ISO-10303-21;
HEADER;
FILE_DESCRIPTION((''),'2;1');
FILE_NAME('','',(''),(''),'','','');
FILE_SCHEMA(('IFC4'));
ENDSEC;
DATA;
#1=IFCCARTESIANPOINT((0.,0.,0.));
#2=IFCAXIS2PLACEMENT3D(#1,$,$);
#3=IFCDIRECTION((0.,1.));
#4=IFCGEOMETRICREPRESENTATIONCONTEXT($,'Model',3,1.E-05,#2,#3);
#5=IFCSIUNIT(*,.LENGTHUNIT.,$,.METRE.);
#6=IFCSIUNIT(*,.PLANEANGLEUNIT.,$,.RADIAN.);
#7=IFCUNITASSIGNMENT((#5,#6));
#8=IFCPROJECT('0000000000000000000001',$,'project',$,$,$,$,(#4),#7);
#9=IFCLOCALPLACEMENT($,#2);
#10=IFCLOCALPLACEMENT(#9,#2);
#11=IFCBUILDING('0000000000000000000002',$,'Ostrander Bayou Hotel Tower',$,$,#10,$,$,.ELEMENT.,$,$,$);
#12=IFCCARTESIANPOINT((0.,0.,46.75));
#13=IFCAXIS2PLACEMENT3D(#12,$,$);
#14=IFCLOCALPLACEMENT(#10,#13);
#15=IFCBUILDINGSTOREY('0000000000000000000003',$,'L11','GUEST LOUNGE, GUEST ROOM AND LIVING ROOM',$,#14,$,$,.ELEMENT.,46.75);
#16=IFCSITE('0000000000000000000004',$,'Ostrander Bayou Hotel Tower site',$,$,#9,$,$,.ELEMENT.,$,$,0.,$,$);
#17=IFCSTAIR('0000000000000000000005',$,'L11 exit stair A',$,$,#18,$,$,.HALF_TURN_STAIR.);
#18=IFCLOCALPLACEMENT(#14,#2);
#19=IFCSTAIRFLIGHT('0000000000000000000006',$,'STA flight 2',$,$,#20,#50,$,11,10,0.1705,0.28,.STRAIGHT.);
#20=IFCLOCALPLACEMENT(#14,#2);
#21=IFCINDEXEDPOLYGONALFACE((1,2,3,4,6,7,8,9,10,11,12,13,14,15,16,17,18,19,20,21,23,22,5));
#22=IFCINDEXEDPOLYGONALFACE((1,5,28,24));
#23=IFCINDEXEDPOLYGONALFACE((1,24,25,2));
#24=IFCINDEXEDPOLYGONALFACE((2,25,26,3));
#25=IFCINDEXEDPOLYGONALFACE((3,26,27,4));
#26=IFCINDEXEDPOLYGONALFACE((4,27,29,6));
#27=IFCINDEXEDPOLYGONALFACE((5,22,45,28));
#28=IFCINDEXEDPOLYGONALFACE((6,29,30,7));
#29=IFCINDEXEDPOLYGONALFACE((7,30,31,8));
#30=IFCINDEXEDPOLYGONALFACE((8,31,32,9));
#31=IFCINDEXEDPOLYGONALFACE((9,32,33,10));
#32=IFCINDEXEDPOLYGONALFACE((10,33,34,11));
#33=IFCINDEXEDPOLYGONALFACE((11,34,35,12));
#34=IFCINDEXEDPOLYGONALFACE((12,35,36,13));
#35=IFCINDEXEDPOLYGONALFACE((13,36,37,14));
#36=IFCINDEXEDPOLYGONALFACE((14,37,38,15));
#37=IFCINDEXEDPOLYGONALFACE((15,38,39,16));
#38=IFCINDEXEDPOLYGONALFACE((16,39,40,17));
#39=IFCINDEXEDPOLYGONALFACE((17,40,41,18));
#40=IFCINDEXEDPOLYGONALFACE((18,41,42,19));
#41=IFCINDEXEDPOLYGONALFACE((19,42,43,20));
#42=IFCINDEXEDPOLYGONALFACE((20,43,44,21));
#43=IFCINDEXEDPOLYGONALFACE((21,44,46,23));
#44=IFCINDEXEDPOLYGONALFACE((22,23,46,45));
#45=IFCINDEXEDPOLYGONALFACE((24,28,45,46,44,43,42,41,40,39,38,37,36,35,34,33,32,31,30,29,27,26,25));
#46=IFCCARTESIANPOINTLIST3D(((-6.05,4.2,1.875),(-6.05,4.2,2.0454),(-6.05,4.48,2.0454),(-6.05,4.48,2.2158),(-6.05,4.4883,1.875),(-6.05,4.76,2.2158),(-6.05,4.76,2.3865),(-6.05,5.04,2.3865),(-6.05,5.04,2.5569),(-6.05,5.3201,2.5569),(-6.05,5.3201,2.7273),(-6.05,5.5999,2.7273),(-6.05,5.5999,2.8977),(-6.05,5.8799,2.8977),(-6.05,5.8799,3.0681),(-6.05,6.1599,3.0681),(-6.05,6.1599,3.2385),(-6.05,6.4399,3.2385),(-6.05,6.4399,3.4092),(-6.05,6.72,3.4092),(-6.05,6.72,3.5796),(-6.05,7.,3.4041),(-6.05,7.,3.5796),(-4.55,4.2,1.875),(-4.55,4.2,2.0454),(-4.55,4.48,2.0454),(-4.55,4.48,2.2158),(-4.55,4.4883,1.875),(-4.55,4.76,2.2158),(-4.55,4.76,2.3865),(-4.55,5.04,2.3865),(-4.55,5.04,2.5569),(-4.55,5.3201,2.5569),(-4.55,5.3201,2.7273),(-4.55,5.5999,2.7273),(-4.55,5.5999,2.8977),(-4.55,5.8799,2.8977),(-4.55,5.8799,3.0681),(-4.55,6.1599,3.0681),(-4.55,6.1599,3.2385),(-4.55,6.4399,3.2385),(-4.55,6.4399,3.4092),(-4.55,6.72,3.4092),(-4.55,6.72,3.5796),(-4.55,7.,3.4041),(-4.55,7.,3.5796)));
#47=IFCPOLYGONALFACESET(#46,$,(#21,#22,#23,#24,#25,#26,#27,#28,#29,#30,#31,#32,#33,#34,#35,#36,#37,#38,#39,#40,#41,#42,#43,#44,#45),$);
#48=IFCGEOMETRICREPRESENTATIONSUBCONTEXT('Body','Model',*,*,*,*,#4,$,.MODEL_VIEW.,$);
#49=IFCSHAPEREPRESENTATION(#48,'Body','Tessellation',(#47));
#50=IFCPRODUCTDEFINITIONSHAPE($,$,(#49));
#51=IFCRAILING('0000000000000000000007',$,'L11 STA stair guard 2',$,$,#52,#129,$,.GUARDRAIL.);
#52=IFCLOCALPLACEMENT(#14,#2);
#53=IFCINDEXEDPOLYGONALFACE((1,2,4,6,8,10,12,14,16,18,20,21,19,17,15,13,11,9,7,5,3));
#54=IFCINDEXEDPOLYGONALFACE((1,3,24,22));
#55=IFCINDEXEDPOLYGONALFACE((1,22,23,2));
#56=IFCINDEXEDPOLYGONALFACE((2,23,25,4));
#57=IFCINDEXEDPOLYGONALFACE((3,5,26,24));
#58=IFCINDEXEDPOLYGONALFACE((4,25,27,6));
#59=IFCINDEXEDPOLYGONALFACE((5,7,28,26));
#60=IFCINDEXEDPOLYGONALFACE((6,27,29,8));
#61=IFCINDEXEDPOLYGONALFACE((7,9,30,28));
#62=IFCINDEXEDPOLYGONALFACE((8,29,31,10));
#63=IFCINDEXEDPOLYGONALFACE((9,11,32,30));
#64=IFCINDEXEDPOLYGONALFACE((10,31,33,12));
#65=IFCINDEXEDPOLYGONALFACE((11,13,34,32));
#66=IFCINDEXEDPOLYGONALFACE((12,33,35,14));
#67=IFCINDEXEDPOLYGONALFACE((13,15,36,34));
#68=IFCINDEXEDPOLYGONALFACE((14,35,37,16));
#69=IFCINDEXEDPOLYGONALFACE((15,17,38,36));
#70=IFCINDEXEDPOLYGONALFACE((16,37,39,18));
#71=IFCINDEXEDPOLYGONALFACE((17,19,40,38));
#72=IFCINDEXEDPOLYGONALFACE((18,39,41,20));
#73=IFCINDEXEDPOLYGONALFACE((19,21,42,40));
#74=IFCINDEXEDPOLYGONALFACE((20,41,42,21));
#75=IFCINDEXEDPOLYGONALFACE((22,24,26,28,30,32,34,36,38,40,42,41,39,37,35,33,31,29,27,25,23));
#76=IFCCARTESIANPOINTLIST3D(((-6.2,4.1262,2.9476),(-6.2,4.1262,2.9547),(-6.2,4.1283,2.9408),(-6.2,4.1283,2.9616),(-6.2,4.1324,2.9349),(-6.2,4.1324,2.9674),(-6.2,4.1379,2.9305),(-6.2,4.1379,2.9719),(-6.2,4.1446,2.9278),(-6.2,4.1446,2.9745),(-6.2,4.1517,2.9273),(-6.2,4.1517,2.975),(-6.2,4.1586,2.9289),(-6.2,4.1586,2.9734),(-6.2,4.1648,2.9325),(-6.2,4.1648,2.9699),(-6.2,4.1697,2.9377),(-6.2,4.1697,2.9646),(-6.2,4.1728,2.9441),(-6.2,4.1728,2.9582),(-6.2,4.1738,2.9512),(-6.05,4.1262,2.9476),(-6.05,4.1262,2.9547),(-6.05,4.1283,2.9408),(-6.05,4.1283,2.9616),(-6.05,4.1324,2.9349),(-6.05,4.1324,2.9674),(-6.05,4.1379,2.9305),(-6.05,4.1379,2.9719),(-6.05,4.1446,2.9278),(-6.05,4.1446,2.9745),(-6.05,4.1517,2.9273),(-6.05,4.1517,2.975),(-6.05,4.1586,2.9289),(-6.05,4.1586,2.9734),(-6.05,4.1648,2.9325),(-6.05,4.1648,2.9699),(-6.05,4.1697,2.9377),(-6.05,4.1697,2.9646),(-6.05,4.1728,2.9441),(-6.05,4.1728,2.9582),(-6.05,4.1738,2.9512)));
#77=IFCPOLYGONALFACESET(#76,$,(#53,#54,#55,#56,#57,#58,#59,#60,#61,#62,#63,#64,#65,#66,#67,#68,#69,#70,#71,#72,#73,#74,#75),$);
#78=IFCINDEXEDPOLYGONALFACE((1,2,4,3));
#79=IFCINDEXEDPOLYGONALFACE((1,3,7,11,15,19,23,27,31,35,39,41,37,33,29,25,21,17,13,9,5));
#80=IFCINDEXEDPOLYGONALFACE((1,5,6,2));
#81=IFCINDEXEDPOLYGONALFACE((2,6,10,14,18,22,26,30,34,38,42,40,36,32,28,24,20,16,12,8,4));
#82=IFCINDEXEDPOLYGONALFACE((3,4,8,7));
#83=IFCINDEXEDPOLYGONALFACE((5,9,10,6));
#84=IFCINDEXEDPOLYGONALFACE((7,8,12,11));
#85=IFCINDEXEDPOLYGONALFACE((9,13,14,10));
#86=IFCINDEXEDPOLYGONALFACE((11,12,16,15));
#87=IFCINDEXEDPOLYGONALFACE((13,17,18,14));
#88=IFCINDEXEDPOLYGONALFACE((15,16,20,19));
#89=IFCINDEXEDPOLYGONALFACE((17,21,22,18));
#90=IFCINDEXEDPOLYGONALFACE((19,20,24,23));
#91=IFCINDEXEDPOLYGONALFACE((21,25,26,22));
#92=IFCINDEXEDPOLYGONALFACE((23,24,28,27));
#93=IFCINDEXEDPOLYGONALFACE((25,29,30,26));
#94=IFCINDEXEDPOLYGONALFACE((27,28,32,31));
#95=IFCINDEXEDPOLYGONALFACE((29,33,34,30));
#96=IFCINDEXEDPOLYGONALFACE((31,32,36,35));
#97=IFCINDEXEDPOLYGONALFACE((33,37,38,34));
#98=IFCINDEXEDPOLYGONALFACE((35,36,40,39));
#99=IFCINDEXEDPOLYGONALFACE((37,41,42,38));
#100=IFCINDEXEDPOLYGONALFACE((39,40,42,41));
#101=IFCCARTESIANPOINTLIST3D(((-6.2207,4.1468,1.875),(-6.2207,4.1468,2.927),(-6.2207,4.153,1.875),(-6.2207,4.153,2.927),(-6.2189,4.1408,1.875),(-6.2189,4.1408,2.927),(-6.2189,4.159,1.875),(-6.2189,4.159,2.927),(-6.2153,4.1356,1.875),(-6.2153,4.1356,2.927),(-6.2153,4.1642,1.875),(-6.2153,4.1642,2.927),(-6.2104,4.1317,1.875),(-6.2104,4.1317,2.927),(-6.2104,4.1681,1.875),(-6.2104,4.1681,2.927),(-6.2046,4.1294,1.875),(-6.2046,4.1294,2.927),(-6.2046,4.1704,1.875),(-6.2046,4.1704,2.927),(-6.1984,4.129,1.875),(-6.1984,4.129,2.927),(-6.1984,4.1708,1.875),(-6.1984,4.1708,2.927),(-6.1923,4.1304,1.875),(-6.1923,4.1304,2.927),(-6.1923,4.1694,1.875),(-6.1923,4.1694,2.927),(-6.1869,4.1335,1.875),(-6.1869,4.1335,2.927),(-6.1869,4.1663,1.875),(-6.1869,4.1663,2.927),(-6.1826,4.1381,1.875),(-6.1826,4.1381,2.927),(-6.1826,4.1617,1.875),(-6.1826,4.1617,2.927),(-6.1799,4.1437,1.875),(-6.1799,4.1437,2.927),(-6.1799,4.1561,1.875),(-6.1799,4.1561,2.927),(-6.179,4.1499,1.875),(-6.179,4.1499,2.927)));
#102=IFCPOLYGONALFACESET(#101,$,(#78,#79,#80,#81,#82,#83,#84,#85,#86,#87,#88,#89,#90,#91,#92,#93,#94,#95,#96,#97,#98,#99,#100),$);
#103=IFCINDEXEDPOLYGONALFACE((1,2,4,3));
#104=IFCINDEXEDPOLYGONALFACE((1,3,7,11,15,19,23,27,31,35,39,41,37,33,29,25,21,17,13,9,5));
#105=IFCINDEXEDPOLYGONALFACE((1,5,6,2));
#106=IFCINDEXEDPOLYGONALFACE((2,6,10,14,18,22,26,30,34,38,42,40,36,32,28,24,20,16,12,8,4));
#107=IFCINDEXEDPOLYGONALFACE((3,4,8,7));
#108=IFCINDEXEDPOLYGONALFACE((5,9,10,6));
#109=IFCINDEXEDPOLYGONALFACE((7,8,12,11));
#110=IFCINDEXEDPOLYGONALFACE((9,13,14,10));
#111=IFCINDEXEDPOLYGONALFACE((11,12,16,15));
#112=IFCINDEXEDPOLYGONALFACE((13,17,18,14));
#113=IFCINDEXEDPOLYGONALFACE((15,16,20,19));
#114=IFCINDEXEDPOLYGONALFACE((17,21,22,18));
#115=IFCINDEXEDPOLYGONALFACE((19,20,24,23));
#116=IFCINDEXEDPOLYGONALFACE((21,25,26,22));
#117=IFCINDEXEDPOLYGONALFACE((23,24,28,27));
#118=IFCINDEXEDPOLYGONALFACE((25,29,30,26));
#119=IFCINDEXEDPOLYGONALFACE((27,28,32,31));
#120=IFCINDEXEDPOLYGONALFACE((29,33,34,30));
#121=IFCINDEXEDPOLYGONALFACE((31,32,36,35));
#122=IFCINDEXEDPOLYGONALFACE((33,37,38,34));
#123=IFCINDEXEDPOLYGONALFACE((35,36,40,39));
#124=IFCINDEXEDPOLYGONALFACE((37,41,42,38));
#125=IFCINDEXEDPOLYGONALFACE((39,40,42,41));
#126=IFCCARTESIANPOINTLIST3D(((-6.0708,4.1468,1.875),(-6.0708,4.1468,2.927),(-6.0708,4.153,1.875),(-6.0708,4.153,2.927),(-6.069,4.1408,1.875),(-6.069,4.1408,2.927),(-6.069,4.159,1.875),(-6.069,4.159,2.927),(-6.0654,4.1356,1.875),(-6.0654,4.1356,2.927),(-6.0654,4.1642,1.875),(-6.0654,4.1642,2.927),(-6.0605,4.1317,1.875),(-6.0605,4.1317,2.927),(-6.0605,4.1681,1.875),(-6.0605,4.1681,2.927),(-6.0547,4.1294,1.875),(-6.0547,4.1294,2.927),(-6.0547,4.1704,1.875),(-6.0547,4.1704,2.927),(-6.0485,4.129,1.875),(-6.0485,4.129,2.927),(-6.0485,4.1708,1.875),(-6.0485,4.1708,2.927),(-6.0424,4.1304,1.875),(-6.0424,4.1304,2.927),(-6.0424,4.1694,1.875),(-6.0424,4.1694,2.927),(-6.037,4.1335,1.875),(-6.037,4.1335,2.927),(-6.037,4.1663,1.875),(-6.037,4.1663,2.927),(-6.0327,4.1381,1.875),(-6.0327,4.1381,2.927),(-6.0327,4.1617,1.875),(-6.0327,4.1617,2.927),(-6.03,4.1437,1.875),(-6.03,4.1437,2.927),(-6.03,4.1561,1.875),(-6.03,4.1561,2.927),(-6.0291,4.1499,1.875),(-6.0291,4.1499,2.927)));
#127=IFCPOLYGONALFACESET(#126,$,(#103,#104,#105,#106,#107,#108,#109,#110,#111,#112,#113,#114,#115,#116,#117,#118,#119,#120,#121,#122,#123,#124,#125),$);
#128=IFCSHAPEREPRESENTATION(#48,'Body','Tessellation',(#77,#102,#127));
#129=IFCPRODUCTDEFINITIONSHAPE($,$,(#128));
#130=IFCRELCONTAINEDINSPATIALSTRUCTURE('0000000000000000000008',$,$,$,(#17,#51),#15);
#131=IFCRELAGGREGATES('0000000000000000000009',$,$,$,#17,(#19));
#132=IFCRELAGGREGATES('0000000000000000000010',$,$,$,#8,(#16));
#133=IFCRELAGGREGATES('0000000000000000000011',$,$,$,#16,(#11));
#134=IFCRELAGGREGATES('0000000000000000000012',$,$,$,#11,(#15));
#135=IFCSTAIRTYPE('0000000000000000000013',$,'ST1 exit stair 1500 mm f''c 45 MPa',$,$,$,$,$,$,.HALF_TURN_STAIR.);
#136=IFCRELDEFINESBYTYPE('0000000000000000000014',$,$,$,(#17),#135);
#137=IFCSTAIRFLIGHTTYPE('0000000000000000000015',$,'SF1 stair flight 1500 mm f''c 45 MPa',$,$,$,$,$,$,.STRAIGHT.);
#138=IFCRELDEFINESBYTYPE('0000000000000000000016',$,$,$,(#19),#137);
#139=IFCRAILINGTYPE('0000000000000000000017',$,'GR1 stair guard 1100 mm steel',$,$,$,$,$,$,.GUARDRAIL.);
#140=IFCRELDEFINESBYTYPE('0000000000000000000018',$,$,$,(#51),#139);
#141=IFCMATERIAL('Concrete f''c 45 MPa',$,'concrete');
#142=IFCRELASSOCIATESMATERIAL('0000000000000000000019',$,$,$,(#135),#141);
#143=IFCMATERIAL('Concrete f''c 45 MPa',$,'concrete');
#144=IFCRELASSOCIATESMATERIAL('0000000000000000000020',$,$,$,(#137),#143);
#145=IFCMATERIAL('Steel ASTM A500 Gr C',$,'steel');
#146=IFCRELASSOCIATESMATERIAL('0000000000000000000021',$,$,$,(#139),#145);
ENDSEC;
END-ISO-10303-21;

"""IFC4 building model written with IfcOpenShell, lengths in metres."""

from ifc_helpers import new_model, si_unit, direction, frame, origin, origin_2d, place, context, subcontext, project, spatial, polyline, circle, outline, extrude, material, type_object, element, aggregate, save


model = new_model("IFC4")

# Units and contexts
model_context = context("Model", 3, precision=1e-05, world=origin(), true_north=direction((0.0, 1.0)))
body_context = subcontext(model_context, "Body", "Model", "MODEL_VIEW")
ifc_project = project(units=[si_unit("LENGTHUNIT", "METRE"), si_unit("PLANEANGLEUNIT", "RADIAN")], contexts=[model_context])

# Site, building, storey
site_placement = place(None, origin())
site = spatial("IfcSite", under=ifc_project, at=site_placement, Name="Ostrander Bayou Hotel Tower site", CompositionType="ELEMENT", RefElevation=0.0)
building_placement = place(site_placement, origin())
building = spatial("IfcBuilding", under=site, at=building_placement, Name="Ostrander Bayou Hotel Tower", CompositionType="ELEMENT")
storey_placement = place(building_placement, frame((0.0, 0.0, 46.75)))
storey = spatial("IfcBuildingStorey", under=building, at=storey_placement, Name="L11", Description="GUEST LOUNGE, GUEST ROOM AND LIVING ROOM", CompositionType="ELEMENT", Elevation=46.75)

# Stair, stair flight
ifc_material_1 = material(Name="Concrete f'c 45 MPa", Category="concrete")
stair_type = type_object("IfcStairType", Name="ST1 exit stair 1500 mm f'c 45 MPa", PredefinedType="HALF_TURN_STAIR", material=ifc_material_1)
stair_placement = place(storey_placement, origin())
stair = element("IfcStair", 1, at=stair_placement, inside=storey, type_object=stair_type, Name="L11 exit stair A", PredefinedType="HALF_TURN_STAIR")
ifc_material_2 = material(Name="Concrete f'c 45 MPa", Category="concrete")
stair_flight_type = type_object("IfcStairFlightType", Name="SF1 stair flight 1500 mm f'c 45 MPa", PredefinedType="STRAIGHT", material=ifc_material_2)
stair_flight_placement = place(storey_placement, frame((-5.3, 4.2, 1.875), z_axis=(0.0, 0.0, 1.0), x_axis=(0.0, 1.0, 0.0)))
stair_flight = element("IfcStairFlight", 2, at=stair_flight_placement, type_object=stair_flight_type, Name="STA flight 2", NumberOfRisers=11, NumberOfTreads=10, PredefinedType="STRAIGHT", RiserHeight=0.1705, TreadLength=0.28, context=body_context, shape_type="SweptSolid", body=[
    extrude(outline(polyline([(0.0, 0.0), (0.0, 0.1704), (0.28, 0.1704), (0.28, 0.3408), (0.5601, 0.3408), (0.5601, 0.5115), (0.8401, 0.5115), (0.8401, 0.6819), (1.1201, 0.6819), (1.1201, 0.8523), (1.3999, 0.8523), (1.3999, 1.0227), (1.6799, 1.0227), (1.6799, 1.1931), (1.96, 1.1931), (1.96, 1.3635), (2.24, 1.3635), (2.24, 1.5342), (2.52, 1.5342), (2.52, 1.7046), (2.8, 1.7046), (2.8, 1.875), (2.8, 1.5291), (0.2883, 0.0), (0.0, 0.0)])), frame((0.0, 0.75, 0.0), z_axis=(0.0, -1.0, 0.0), x_axis=(1.0, 0.0, 0.0)), (0.0, 0.0, 1.0), 1.5),
])
aggregate(stair, [stair_flight])

# Railing
ifc_material_3 = material(Name="Steel ASTM A500 Gr C", Category="steel")
railing_type_1 = type_object("IfcRailingType", Name="GR1 stair guard 1100 mm steel", PredefinedType="GUARDRAIL", material=ifc_material_3)
railing_1_placement = place(storey_placement, frame((-6.2, 4.1499, 1.875)))
element("IfcRailing", 3, at=railing_1_placement, inside=storey, type_object=railing_type_1, Name="L11 STA stair guard 2", PredefinedType="GUARDRAIL", context=body_context, shape_type="SweptSolid", body=[
    extrude(circle(Radius=0.0239, at=origin_2d()), frame((0.0, 0.0, 1.0762), z_axis=(1.0, 0.0, 0.0), x_axis=(0.0, 1.0, 0.0)), (0.0, 0.0, 1.0), 0.1499),
    extrude(circle(Radius=0.021, at=origin_2d()), origin(), (0.0, 0.0, 1.0), 1.052),
    extrude(circle(Radius=0.021, at=origin_2d()), frame((0.1499, 0.0, 0.0)), (0.0, 0.0, 1.0), 1.052),
])

save(model, "model.ifc")
